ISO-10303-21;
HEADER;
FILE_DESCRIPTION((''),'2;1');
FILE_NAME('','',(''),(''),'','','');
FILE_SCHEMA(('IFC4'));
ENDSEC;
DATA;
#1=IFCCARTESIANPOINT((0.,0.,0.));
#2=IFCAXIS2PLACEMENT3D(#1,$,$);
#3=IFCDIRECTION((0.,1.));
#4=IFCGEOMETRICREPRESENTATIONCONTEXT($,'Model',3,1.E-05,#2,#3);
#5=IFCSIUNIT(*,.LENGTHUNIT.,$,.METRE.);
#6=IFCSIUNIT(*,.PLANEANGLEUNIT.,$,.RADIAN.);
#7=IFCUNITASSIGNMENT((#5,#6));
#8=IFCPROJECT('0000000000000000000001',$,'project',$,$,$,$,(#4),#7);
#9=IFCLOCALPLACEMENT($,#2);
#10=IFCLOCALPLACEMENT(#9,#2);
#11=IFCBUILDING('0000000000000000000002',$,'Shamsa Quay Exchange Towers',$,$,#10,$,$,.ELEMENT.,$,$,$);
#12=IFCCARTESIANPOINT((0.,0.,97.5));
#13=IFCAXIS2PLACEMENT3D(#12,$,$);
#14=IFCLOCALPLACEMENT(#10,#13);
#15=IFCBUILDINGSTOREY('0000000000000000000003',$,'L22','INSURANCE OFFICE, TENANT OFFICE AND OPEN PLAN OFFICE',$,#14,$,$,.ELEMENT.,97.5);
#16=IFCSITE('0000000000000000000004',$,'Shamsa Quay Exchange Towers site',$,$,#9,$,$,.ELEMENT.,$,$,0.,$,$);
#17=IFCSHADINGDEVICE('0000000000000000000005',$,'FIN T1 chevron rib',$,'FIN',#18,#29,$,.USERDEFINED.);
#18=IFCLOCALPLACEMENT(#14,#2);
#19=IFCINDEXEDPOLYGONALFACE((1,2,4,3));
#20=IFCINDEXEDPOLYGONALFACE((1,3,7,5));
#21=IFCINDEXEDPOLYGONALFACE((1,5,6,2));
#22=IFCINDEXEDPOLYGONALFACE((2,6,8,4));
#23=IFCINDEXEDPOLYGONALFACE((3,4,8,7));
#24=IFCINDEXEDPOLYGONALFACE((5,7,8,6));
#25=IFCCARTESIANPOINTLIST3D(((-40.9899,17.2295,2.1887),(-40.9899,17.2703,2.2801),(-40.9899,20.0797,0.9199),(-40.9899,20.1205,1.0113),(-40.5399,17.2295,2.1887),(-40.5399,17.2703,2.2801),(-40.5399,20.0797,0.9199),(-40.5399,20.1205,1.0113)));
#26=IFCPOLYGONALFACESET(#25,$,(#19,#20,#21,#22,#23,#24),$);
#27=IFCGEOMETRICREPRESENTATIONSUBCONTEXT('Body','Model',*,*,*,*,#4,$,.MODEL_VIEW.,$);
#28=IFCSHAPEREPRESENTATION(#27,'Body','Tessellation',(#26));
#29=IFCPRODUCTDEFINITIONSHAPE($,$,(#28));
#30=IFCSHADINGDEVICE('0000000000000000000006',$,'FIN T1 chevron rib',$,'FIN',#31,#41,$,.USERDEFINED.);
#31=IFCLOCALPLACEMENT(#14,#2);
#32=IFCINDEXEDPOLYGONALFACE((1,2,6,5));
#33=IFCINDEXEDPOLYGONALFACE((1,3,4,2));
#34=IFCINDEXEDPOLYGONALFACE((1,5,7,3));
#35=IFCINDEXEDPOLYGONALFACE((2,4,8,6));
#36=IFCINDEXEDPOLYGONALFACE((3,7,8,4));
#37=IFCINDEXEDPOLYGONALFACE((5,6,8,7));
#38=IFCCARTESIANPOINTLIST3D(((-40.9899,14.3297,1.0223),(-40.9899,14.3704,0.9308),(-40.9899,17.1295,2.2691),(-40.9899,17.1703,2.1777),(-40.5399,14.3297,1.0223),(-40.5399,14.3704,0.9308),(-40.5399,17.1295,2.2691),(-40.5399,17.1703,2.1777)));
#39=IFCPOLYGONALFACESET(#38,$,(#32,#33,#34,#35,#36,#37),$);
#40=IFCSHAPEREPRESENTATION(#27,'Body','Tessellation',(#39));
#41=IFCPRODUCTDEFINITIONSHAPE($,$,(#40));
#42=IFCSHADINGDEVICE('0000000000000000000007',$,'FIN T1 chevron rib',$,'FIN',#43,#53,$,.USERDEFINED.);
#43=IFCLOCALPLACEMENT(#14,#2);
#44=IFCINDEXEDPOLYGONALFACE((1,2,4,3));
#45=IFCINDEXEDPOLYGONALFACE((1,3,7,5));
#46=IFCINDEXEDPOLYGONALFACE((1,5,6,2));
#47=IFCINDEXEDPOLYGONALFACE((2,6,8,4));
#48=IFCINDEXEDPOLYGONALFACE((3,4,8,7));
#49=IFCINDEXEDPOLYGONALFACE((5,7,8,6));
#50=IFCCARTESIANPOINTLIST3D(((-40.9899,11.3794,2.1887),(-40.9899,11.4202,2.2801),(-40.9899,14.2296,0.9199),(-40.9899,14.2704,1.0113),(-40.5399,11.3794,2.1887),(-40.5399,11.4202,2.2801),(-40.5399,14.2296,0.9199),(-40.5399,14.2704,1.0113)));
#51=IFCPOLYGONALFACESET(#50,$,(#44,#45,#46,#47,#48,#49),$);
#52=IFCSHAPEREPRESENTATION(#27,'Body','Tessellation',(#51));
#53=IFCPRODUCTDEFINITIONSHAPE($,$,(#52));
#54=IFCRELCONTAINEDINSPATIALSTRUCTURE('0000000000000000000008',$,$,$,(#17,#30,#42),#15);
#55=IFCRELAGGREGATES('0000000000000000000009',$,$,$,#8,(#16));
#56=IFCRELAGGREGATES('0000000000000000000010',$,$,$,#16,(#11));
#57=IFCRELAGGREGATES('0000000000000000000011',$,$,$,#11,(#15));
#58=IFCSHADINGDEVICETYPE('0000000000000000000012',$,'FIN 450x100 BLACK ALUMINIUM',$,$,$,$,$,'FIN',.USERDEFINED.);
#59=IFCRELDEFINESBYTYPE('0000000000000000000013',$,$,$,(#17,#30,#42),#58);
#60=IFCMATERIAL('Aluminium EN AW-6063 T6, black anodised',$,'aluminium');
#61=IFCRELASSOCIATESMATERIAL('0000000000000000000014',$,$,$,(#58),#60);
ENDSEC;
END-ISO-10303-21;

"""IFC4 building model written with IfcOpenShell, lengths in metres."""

from ifc_helpers import new_model, si_unit, direction, frame, origin, origin_2d, place, context, subcontext, project, spatial, rectangle, extrude, material, material_profile, profile_set, type_object, element, save


model = new_model("IFC4")

# Units and contexts
model_context = context("Model", 3, precision=1e-05, world=origin(), true_north=direction((0.0, 1.0)))
body_context = subcontext(model_context, "Body", "Model", "MODEL_VIEW")
ifc_project = project(units=[si_unit("LENGTHUNIT", "METRE"), si_unit("PLANEANGLEUNIT", "RADIAN")], contexts=[model_context])

# Site, building, storey
site_placement = place(None, origin())
site = spatial("IfcSite", under=ifc_project, at=site_placement, Name="Shamsa Quay Exchange Towers site", CompositionType="ELEMENT", RefElevation=0.0)
building_placement = place(site_placement, origin())
building = spatial("IfcBuilding", under=site, at=building_placement, Name="Shamsa Quay Exchange Towers", CompositionType="ELEMENT")
storey_placement = place(building_placement, frame((0.0, 0.0, 97.5)))
storey = spatial("IfcBuildingStorey", under=building, at=storey_placement, Name="L22", Description="INSURANCE OFFICE, TENANT OFFICE AND OPEN PLAN OFFICE", CompositionType="ELEMENT", Elevation=97.5)

# Shared definitions
ifc_material_1 = material(Name="Aluminium EN AW-6063 T6, black anodised", Category="aluminium")

# Shading devices
ifc_material_profile_1 = material_profile(ifc_material_1, rectangle(XDim=0.45, YDim=0.1001, at=origin_2d()), Name="FIN450x100")
ifc_profile_set_1 = profile_set([ifc_material_profile_1], Name="Aluminium EN AW-6063 T6, black anodised")
shading_device_type = type_object("IfcShadingDeviceType", Name="FIN 450x100 BLACK ALUMINIUM", ElementType="FIN", PredefinedType="USERDEFINED", material=ifc_profile_set_1)
shading_device_1_placement = place(storey_placement, frame((-40.7649, 20.1001, 0.9656), z_axis=(0.0, -0.913563, 0.406697), x_axis=(1.0, 0.0, 0.0)))
element("IfcShadingDevice", 1, at=shading_device_1_placement, inside=storey, type_object=shading_device_type, Name="FIN T1 chevron rib", ObjectType="FIN", PredefinedType="USERDEFINED", context=body_context, shape_type="SweptSolid", body=[
    extrude(rectangle(XDim=0.45, YDim=0.1001, at=origin_2d()), origin(), (0.0, 0.0, 1.0), 3.1199),
])
shading_device_2_placement = place(storey_placement, frame((-40.7649, 17.1499, 2.2234), z_axis=(0.0, -0.913512, -0.406811), x_axis=(1.0, 0.0, 0.0)))
element("IfcShadingDevice", 2, at=shading_device_2_placement, inside=storey, type_object=shading_device_type, Name="FIN T1 chevron rib", ObjectType="FIN", PredefinedType="USERDEFINED", context=body_context, shape_type="SweptSolid", body=[
    extrude(rectangle(XDim=0.45, YDim=0.1001, at=origin_2d()), origin(), (0.0, 0.0, 1.0), 3.0649),
])
shading_device_3_placement = place(storey_placement, frame((-40.7649, 14.25, 0.9656), z_axis=(0.0, -0.913563, 0.406697), x_axis=(1.0, 0.0, 0.0)))
element("IfcShadingDevice", 3, at=shading_device_3_placement, inside=storey, type_object=shading_device_type, Name="FIN T1 chevron rib", ObjectType="FIN", PredefinedType="USERDEFINED", context=body_context, shape_type="SweptSolid", body=[
    extrude(rectangle(XDim=0.45, YDim=0.1001, at=origin_2d()), origin(), (0.0, 0.0, 1.0), 3.1199),
])

save(model, "model.ifc")
